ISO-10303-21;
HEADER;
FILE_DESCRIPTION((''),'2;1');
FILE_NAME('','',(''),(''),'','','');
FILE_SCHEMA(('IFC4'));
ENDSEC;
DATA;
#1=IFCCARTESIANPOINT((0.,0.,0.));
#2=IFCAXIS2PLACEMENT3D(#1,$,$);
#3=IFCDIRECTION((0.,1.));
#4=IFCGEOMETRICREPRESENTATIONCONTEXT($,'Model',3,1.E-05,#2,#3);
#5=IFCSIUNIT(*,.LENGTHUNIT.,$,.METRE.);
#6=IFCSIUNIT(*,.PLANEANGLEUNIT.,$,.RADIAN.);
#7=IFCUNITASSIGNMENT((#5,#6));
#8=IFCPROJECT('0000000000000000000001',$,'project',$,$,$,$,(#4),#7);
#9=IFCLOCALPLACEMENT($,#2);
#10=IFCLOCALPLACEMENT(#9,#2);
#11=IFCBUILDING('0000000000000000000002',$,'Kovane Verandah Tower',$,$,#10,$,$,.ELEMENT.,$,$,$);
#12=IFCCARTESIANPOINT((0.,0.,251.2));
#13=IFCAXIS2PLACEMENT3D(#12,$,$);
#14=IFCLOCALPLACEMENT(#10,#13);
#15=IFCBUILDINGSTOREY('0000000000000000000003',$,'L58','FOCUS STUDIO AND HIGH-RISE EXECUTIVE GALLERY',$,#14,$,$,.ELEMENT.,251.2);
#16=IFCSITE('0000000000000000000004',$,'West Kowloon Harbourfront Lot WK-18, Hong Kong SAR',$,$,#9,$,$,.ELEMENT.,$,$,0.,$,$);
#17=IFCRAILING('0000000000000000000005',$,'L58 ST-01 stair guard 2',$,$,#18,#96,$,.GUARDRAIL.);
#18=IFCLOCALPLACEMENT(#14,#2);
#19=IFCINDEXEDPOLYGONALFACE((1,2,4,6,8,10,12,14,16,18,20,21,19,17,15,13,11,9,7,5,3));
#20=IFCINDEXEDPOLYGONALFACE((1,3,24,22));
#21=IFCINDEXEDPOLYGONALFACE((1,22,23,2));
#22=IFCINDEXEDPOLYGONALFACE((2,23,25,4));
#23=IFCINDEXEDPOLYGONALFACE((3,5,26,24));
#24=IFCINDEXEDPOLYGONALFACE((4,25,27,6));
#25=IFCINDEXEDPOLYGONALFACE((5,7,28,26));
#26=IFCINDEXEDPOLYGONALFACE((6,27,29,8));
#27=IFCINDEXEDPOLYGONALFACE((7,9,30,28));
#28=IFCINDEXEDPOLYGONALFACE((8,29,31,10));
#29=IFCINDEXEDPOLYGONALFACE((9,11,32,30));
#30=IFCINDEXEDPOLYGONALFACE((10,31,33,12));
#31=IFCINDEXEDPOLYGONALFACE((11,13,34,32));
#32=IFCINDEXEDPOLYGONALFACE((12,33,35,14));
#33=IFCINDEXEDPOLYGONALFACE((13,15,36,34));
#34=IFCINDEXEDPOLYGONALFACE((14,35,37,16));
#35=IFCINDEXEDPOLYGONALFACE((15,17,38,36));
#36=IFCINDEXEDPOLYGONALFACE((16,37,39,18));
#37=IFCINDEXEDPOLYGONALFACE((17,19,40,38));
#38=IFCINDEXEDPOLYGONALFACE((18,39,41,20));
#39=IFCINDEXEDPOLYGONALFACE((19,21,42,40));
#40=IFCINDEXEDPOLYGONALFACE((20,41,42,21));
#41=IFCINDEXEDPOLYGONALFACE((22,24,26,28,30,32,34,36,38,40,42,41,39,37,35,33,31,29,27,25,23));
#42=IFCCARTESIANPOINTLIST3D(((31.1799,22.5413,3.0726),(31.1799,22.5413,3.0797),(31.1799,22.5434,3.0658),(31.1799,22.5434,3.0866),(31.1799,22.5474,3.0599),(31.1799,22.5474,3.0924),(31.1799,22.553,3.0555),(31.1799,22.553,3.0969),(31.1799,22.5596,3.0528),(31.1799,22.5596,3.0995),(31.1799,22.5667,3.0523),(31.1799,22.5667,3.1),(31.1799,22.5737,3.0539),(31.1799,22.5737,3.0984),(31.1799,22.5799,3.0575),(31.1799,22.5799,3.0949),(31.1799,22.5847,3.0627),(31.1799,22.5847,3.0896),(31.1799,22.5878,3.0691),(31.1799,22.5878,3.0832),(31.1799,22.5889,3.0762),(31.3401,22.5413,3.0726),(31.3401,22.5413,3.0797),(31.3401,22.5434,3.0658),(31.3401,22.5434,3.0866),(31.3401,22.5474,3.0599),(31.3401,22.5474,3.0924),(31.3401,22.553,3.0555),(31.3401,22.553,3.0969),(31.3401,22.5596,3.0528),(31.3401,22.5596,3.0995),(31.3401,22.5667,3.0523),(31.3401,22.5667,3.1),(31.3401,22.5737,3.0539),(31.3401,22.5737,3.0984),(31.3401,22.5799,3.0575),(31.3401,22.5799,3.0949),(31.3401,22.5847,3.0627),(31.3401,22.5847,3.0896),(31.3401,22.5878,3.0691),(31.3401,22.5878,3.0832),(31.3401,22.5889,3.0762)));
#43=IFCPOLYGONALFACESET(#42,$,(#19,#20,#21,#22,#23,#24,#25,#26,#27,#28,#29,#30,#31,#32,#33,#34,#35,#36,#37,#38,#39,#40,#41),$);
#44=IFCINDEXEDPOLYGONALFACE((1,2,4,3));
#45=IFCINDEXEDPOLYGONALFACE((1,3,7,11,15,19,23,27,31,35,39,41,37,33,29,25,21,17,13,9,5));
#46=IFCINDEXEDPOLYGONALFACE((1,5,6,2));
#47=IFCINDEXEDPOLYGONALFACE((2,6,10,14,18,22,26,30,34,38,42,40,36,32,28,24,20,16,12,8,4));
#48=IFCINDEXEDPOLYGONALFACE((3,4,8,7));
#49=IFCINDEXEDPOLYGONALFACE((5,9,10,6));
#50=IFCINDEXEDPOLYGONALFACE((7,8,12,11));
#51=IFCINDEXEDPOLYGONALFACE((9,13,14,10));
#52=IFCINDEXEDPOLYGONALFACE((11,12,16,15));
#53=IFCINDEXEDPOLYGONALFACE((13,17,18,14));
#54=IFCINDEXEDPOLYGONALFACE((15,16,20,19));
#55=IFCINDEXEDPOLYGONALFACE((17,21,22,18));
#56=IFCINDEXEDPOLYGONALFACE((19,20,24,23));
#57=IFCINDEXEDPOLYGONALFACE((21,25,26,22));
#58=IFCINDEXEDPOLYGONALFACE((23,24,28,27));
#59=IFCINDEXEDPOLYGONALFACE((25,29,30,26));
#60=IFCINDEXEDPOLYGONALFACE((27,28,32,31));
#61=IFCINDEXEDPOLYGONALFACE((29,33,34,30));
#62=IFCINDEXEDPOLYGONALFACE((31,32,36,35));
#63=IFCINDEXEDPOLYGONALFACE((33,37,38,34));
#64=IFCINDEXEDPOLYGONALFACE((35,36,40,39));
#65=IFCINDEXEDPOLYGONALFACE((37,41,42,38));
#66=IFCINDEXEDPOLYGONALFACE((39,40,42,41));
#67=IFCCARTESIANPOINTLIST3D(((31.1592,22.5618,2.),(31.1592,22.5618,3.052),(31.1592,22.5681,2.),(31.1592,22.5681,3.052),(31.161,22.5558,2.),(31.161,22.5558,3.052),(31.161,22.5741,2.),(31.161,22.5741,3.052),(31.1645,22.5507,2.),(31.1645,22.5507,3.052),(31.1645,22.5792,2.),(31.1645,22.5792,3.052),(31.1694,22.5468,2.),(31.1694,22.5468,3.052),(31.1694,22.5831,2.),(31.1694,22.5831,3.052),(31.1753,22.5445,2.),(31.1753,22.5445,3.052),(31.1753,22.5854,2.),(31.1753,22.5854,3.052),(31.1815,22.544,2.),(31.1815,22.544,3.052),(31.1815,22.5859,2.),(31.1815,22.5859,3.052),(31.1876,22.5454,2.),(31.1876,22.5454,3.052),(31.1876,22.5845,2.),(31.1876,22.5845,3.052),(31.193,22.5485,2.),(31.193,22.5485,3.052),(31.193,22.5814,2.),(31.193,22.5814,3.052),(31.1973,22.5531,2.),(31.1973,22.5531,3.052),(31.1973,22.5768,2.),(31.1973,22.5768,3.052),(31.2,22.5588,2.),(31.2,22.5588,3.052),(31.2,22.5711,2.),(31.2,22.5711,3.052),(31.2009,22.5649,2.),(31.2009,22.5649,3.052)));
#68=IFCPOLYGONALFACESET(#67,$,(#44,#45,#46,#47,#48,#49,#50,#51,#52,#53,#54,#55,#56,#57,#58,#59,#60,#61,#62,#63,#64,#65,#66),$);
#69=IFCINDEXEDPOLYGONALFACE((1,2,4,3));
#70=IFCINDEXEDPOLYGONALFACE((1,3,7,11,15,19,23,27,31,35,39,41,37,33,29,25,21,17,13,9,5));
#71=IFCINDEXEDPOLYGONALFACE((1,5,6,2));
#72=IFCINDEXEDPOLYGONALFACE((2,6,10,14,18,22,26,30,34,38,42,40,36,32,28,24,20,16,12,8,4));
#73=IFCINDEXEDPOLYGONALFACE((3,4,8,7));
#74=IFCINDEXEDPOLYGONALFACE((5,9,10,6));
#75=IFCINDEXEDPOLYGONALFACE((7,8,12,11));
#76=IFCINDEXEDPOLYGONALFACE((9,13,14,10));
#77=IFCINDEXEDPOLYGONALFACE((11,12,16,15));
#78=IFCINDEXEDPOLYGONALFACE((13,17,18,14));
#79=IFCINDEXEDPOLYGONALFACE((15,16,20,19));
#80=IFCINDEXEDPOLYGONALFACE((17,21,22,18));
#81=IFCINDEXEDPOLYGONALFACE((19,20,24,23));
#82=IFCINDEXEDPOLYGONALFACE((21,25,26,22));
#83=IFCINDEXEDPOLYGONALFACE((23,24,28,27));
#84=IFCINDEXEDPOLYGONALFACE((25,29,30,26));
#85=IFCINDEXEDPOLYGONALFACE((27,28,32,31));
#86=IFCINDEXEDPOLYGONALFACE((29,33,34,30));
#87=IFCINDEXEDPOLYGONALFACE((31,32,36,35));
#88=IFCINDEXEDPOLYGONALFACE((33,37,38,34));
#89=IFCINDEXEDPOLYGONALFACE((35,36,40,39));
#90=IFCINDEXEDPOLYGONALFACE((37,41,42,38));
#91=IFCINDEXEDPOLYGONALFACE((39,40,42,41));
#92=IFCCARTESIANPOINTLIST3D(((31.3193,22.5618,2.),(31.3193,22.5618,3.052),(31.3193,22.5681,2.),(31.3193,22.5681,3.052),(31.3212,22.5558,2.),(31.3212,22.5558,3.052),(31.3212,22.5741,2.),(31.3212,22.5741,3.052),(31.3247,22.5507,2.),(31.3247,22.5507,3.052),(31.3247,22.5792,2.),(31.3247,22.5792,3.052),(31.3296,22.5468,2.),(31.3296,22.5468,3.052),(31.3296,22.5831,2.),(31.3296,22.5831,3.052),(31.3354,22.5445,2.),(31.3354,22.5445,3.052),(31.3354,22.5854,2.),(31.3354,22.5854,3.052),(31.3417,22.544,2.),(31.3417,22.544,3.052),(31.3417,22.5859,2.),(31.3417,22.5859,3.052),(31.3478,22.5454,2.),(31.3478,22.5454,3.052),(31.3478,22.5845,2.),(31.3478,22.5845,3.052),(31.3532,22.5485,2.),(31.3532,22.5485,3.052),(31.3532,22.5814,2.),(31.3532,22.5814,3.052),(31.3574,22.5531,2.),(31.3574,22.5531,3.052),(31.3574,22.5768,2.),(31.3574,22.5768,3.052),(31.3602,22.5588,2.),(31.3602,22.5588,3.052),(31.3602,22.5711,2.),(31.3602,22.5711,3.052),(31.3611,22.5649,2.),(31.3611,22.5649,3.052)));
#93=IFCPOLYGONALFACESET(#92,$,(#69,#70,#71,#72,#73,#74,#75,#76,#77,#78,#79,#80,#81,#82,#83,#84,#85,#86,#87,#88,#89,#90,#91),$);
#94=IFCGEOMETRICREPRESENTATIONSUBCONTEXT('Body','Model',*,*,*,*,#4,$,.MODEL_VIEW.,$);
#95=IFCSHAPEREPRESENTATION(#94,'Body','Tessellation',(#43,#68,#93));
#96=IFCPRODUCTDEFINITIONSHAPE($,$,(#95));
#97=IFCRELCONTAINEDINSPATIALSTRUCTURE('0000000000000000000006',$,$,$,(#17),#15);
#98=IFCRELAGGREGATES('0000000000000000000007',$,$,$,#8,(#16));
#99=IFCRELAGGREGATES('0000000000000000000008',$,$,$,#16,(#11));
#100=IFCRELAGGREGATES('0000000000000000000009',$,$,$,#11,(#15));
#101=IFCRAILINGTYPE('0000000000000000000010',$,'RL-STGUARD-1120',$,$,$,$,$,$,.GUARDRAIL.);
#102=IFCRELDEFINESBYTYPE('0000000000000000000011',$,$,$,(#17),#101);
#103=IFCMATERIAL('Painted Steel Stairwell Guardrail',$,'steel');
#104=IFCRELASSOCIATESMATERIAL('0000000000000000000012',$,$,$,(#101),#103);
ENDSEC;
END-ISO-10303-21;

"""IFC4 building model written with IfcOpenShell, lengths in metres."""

from ifc_helpers import new_model, si_unit, direction, frame, origin, origin_2d, place, context, subcontext, project, spatial, circle, extrude, material, type_object, element, save


model = new_model("IFC4")

# Units and contexts
model_context = context("Model", 3, precision=1e-05, world=origin(), true_north=direction((0.0, 1.0)))
body_context = subcontext(model_context, "Body", "Model", "MODEL_VIEW")
ifc_project = project(units=[si_unit("LENGTHUNIT", "METRE"), si_unit("PLANEANGLEUNIT", "RADIAN")], contexts=[model_context])

# Site, building, storey
site_placement = place(None, origin())
site = spatial("IfcSite", under=ifc_project, at=site_placement, Name="West Kowloon Harbourfront Lot WK-18, Hong Kong SAR", CompositionType="ELEMENT", RefElevation=0.0)
building_placement = place(site_placement, origin())
building = spatial("IfcBuilding", under=site, at=building_placement, Name="Kovane Verandah Tower", CompositionType="ELEMENT")
storey_placement = place(building_placement, frame((0.0, 0.0, 251.2)))
storey = spatial("IfcBuildingStorey", under=building, at=storey_placement, Name="L58", Description="FOCUS STUDIO AND HIGH-RISE EXECUTIVE GALLERY", CompositionType="ELEMENT", Elevation=251.2)

# Railing
ifc_material_1 = material(Name="Painted Steel Stairwell Guardrail", Category="steel")
railing_type_1 = type_object("IfcRailingType", Name="RL-STGUARD-1120", PredefinedType="GUARDRAIL", material=ifc_material_1)
railing_1_placement = place(storey_placement, frame((31.1799, 22.5649, 2.0)))
element("IfcRailing", 1, at=railing_1_placement, inside=storey, type_object=railing_type_1, Name="L58 ST-01 stair guard 2", PredefinedType="GUARDRAIL", context=body_context, shape_type="SweptSolid", body=[
    extrude(circle(Radius=0.0239, at=origin_2d()), frame((0.0, 0.0, 1.0762), z_axis=(1.0, 0.0, 0.0), x_axis=(0.0, 1.0, 0.0)), (0.0, 0.0, 1.0), 0.1602),
    extrude(circle(Radius=0.021, at=origin_2d()), origin(), (0.0, 0.0, 1.0), 1.052),
    extrude(circle(Radius=0.021, at=origin_2d()), frame((0.1602, 0.0, 0.0)), (0.0, 0.0, 1.0), 1.052),
])

save(model, "model.ifc")
